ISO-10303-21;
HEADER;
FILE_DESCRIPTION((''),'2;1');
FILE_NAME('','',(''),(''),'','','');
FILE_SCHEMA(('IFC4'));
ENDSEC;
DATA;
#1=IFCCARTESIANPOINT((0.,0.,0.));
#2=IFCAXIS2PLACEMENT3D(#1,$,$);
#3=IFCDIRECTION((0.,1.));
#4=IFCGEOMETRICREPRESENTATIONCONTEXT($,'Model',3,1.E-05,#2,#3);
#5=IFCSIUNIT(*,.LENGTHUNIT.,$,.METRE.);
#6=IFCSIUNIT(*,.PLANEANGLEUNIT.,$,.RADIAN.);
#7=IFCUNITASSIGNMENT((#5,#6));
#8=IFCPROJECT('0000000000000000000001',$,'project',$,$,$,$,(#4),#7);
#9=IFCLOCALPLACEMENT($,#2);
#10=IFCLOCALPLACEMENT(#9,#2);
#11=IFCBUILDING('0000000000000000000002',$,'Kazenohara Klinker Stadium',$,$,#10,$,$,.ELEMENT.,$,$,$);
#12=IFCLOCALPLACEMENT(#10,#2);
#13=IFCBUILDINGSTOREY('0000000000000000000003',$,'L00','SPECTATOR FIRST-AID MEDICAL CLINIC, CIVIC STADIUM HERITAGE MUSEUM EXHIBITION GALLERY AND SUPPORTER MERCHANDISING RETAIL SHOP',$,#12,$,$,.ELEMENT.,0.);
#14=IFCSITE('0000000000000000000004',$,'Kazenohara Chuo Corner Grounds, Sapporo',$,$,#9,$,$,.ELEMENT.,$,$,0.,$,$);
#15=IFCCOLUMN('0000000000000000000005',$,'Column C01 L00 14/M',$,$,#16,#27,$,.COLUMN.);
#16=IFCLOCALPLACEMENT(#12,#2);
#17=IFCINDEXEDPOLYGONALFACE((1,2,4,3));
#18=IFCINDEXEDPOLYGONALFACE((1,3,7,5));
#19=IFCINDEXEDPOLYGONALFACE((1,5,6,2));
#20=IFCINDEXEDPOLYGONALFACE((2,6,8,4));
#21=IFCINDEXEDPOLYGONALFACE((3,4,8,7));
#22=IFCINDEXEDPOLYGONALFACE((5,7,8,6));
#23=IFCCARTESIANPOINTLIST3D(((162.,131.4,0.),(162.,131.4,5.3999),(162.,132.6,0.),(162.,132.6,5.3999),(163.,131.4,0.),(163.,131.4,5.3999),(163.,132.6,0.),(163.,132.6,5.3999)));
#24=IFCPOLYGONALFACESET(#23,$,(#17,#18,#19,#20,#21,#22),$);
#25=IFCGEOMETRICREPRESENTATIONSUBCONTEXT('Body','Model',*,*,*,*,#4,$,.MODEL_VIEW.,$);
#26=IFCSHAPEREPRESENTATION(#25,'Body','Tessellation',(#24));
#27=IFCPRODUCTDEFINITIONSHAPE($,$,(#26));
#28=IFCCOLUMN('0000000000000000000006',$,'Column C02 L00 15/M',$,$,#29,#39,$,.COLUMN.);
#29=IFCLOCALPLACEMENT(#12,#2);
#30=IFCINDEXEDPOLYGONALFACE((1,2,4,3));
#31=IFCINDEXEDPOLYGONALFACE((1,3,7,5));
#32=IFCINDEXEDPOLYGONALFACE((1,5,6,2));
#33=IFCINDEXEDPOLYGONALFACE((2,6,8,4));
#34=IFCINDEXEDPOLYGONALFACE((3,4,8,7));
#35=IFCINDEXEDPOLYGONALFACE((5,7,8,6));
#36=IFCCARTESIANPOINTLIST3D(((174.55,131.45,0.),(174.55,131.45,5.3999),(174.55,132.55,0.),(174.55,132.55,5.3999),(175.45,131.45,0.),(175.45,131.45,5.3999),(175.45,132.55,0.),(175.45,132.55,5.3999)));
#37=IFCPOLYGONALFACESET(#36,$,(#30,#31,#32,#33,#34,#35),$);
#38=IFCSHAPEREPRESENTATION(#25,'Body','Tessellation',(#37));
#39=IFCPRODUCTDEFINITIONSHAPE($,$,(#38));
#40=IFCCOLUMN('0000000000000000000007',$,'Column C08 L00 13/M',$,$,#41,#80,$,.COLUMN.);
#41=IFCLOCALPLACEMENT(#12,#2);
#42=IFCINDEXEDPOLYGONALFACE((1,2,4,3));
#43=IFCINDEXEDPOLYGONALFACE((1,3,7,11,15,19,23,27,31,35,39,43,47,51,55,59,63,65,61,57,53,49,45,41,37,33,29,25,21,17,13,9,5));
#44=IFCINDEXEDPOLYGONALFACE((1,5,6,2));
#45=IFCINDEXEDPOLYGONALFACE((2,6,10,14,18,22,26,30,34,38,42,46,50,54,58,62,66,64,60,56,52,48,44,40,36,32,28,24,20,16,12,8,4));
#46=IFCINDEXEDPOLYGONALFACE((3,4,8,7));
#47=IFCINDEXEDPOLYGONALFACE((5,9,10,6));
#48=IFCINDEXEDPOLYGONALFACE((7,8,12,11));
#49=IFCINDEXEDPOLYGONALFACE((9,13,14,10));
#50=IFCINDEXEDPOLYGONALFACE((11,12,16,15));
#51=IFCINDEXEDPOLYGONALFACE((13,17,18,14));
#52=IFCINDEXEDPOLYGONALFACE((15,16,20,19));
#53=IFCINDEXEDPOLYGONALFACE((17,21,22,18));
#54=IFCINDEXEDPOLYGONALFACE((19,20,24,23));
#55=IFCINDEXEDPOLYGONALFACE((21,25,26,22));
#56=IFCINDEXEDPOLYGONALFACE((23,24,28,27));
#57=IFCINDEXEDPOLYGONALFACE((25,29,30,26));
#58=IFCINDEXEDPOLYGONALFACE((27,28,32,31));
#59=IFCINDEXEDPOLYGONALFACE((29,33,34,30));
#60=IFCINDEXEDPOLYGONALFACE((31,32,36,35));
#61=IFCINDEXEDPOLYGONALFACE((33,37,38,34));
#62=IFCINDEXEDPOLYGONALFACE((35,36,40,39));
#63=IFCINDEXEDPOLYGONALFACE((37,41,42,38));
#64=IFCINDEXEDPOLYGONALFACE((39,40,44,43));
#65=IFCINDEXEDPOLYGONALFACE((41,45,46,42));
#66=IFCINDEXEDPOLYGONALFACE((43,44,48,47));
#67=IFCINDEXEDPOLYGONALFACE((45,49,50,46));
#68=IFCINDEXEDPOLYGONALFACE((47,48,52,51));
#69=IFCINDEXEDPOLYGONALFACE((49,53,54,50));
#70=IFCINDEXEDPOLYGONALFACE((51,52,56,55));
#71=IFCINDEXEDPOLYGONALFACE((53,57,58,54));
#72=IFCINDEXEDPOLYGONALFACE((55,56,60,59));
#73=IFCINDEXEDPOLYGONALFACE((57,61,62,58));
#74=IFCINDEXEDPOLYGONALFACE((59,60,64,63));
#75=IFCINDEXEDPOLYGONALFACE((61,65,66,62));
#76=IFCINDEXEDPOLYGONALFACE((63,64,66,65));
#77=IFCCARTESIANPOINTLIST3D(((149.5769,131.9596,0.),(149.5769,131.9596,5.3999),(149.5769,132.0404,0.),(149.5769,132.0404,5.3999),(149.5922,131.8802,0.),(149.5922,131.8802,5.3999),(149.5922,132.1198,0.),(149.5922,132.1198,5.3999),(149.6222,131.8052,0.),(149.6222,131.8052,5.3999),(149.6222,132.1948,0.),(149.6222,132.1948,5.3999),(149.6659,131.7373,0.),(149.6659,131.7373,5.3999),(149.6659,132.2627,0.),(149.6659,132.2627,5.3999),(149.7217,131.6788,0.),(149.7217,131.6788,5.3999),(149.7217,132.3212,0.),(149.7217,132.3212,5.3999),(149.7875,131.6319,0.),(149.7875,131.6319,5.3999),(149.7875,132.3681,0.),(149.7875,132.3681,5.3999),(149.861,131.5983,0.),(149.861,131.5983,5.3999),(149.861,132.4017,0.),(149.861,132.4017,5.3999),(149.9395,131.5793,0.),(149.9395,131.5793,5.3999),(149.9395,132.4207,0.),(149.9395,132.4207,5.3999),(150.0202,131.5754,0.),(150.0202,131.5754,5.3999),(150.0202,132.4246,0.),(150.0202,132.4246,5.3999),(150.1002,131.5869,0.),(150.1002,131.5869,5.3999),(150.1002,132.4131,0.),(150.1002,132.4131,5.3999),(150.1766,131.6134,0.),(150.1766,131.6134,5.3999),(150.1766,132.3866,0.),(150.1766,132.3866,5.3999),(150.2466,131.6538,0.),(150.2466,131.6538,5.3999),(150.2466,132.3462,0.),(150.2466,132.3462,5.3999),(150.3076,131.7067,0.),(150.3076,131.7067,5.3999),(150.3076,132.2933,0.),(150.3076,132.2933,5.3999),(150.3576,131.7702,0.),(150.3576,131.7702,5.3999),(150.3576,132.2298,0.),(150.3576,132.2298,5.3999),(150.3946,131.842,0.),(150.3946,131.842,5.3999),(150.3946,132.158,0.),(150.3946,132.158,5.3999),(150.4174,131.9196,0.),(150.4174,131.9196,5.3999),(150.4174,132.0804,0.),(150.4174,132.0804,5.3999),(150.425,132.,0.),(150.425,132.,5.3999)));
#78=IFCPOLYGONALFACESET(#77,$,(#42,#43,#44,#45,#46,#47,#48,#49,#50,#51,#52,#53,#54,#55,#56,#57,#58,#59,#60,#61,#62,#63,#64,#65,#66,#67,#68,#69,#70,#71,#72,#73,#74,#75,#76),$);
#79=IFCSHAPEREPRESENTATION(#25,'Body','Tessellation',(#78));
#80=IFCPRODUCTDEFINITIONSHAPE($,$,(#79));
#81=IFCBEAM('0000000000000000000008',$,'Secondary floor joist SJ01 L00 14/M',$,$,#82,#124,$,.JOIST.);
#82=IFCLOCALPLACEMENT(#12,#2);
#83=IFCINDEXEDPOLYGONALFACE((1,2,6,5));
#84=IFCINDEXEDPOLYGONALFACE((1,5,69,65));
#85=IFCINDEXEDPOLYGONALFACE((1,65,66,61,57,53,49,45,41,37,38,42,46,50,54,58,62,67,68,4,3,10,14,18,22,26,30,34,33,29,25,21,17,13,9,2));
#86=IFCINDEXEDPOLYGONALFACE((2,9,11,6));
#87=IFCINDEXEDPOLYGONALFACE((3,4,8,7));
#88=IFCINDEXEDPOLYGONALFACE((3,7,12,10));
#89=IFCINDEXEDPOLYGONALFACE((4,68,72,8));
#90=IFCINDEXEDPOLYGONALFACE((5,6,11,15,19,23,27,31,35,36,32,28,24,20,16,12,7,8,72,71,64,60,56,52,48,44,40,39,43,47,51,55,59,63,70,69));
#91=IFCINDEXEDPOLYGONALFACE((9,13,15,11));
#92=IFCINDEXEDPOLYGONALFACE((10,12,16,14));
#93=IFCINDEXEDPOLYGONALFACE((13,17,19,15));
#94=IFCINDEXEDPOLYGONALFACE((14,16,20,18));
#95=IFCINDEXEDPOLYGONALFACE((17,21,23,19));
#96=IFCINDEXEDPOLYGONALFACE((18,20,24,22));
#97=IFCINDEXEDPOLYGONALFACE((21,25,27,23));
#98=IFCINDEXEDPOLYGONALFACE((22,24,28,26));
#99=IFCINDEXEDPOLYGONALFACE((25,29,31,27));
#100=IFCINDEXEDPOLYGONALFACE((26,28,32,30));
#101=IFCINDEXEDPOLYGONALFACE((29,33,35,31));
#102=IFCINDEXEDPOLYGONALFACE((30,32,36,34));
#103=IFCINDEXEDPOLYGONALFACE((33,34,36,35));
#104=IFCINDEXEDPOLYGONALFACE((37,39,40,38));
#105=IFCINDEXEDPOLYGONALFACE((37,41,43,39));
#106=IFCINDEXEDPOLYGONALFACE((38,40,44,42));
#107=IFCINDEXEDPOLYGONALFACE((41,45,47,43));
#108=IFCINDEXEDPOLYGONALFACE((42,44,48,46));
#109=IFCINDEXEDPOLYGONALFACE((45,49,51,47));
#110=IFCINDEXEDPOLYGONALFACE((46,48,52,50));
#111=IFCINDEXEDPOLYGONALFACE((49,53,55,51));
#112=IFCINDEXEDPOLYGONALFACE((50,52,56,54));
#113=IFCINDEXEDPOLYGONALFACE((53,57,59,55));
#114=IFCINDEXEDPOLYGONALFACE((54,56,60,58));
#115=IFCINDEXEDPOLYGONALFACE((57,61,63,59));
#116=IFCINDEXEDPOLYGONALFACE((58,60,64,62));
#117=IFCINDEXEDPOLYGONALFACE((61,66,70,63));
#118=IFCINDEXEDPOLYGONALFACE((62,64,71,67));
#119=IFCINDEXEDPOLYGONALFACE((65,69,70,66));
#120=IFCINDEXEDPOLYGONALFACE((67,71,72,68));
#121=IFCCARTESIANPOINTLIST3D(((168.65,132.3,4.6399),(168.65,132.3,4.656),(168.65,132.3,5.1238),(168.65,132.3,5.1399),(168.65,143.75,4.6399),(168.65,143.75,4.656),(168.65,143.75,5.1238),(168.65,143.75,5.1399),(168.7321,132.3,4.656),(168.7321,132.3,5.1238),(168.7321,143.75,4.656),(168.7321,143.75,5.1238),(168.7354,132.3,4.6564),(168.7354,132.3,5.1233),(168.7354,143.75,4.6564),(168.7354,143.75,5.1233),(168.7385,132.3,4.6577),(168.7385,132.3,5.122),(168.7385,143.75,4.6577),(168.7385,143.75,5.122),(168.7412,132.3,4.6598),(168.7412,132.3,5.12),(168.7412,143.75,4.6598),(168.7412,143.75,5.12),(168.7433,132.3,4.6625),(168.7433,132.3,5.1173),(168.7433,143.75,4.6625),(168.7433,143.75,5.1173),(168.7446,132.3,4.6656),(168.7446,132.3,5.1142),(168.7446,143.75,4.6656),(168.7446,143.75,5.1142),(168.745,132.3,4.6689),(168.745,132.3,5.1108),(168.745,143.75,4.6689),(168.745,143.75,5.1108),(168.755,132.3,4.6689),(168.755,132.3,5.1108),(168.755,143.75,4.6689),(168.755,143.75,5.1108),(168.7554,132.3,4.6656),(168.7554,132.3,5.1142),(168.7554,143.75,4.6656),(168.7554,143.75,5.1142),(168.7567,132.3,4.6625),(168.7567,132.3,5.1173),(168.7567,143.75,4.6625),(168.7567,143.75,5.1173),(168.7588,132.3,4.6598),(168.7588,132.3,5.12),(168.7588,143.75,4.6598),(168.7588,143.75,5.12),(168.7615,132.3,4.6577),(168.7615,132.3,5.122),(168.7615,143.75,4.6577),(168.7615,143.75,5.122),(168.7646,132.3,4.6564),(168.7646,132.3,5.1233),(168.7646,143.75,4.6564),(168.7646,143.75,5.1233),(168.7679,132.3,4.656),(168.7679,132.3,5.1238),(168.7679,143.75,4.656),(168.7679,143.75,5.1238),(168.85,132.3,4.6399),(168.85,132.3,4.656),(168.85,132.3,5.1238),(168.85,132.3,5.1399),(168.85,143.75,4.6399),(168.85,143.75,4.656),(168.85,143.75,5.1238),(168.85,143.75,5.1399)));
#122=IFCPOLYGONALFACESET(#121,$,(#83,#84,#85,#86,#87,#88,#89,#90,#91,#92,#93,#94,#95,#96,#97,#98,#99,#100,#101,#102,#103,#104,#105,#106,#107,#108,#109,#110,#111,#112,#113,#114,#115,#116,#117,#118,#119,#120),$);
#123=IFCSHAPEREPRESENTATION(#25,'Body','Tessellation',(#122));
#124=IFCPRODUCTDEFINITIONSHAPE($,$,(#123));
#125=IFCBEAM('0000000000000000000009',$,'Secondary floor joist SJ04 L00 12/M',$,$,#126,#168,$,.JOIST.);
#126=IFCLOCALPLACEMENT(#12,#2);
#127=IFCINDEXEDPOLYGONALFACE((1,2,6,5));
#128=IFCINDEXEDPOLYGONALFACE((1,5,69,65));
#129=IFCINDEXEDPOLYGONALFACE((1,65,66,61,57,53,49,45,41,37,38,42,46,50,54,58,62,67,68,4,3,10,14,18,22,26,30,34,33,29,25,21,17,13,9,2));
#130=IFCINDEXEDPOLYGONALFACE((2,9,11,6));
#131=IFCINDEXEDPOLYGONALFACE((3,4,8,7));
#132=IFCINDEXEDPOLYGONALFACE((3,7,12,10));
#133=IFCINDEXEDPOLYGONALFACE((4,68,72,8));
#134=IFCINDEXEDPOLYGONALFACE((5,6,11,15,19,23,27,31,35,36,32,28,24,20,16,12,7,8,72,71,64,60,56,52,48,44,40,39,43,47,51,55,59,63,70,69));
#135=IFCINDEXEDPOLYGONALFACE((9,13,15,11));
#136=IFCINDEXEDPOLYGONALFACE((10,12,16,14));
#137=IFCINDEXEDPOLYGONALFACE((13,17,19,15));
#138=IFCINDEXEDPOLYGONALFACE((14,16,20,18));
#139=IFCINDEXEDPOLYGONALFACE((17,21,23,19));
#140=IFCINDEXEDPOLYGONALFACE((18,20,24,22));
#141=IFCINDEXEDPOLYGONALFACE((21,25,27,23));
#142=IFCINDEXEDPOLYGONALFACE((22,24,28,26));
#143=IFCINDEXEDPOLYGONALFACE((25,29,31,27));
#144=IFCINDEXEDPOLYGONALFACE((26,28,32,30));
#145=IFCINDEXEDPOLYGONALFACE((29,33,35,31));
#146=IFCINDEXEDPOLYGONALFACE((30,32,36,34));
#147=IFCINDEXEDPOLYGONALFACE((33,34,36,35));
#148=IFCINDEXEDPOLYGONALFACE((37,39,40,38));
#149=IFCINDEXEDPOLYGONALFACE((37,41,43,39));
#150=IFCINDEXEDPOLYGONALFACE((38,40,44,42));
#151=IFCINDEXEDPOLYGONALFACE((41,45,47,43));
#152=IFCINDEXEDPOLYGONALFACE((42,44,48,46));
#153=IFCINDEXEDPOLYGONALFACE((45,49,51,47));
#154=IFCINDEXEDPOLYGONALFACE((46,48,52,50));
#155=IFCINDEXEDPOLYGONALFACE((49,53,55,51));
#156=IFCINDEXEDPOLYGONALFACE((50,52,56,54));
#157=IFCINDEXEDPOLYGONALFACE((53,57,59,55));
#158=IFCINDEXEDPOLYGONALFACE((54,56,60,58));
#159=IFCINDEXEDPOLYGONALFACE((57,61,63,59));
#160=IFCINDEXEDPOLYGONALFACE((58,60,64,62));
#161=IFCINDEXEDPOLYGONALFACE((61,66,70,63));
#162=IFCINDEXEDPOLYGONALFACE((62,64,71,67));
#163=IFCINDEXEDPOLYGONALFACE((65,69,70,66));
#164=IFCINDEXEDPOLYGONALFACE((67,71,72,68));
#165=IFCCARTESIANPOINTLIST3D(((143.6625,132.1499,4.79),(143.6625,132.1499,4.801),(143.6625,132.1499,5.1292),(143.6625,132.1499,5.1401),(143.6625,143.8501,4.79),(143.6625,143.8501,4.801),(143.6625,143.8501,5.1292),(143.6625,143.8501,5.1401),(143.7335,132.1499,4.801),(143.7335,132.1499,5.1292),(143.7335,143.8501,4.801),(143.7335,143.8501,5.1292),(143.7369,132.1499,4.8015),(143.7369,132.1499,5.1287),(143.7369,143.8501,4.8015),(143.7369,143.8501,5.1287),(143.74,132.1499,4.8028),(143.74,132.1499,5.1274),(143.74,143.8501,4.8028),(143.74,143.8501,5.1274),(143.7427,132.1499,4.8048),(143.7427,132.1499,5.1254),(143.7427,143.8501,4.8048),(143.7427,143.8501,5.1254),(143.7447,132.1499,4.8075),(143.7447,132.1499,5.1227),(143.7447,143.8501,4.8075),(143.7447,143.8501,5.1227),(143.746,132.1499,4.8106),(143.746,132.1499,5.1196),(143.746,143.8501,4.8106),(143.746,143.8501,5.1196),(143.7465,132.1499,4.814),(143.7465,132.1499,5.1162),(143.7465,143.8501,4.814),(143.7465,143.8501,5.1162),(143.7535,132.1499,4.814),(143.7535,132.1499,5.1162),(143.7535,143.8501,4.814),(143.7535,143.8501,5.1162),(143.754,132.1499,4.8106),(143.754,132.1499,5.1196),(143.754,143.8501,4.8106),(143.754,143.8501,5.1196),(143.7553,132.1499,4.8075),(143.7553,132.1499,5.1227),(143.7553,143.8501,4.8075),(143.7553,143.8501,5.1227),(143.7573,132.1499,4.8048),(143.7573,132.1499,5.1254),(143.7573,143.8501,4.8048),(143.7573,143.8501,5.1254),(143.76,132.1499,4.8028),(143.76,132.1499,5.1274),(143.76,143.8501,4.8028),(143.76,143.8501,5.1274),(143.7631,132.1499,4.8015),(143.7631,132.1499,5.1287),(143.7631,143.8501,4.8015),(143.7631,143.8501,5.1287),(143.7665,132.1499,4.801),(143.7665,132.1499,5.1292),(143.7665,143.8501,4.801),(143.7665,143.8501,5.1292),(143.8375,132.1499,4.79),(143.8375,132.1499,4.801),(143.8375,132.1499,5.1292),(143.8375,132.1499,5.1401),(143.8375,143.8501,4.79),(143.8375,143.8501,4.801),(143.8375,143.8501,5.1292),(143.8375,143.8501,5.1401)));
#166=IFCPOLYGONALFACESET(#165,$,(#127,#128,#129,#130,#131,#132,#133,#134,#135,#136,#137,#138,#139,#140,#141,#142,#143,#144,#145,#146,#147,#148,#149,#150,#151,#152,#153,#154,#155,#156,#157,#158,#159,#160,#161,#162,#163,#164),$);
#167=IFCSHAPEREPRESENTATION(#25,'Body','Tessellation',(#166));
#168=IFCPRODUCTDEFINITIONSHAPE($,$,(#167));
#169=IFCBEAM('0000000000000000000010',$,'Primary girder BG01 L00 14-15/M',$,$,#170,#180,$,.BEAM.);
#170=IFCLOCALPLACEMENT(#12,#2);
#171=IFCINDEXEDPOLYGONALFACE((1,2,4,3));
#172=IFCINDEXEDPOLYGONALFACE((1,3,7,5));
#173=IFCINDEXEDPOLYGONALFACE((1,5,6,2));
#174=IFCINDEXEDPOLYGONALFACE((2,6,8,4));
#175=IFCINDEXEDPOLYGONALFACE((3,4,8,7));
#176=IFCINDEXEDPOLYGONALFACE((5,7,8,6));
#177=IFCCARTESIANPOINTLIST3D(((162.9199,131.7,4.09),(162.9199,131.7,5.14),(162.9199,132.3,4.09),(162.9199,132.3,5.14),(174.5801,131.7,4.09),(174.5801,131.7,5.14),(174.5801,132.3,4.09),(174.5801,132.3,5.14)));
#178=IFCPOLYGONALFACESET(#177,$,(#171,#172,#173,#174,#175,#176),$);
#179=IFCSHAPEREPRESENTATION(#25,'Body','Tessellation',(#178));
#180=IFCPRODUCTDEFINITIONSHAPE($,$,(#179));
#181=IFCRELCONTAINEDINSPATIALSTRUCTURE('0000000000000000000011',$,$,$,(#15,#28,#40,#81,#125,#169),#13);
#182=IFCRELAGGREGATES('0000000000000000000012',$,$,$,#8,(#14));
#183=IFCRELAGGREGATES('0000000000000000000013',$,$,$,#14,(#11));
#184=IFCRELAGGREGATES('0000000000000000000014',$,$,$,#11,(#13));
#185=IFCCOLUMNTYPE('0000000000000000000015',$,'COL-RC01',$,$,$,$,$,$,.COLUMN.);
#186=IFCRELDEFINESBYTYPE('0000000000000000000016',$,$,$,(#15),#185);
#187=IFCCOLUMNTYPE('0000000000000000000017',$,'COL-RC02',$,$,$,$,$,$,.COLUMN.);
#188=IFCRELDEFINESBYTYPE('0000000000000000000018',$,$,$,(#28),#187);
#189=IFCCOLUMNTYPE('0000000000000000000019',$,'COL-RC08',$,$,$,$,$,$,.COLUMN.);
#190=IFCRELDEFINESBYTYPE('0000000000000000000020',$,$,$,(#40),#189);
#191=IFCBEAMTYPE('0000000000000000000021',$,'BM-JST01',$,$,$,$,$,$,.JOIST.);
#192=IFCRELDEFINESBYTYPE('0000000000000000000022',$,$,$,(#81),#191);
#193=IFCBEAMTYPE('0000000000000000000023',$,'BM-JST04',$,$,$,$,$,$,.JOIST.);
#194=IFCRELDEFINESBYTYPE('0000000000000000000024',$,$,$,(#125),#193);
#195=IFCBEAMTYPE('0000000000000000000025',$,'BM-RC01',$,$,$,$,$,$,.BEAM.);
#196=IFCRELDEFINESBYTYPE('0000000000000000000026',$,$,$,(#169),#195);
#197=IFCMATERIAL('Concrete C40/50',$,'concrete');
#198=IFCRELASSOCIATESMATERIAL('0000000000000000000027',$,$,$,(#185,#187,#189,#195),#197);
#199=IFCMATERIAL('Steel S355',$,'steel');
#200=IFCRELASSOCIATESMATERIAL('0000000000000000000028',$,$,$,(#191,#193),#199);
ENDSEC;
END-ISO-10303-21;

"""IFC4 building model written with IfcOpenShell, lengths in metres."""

from ifc_helpers import new_model, si_unit, direction, frame, origin, origin_2d, place, context, subcontext, project, spatial, rectangle, circle, i_section, extrude, material, material_profile, profile_set, type_object, element, save


model = new_model("IFC4")

# Units and contexts
model_context = context("Model", 3, precision=1e-05, world=origin(), true_north=direction((0.0, 1.0)))
body_context = subcontext(model_context, "Body", "Model", "MODEL_VIEW")
ifc_project = project(units=[si_unit("LENGTHUNIT", "METRE"), si_unit("PLANEANGLEUNIT", "RADIAN")], contexts=[model_context])

# Site, building, storey
site_placement = place(None, origin())
site = spatial("IfcSite", under=ifc_project, at=site_placement, Name="Kazenohara Chuo Corner Grounds, Sapporo", CompositionType="ELEMENT", RefElevation=0.0)
building_placement = place(site_placement, origin())
building = spatial("IfcBuilding", under=site, at=building_placement, Name="Kazenohara Klinker Stadium", CompositionType="ELEMENT")
storey_placement = place(building_placement, origin())
storey = spatial("IfcBuildingStorey", under=building, at=storey_placement, Name="L00", Description="SPECTATOR FIRST-AID MEDICAL CLINIC, CIVIC STADIUM HERITAGE MUSEUM EXHIBITION GALLERY AND SUPPORTER MERCHANDISING RETAIL SHOP", CompositionType="ELEMENT", Elevation=0.0)

# Columns
ifc_material_1 = material(Name="Concrete C40/50", Category="concrete")
ifc_material_profile_1 = material_profile(ifc_material_1, rectangle(XDim=1.0, YDim=1.2, at=origin_2d()), Name="RC-COL-1200x1000")
ifc_profile_set_1 = profile_set([ifc_material_profile_1], Name="Concrete C40/50")
column_type_1 = type_object("IfcColumnType", Name="COL-RC01", PredefinedType="COLUMN", material=ifc_profile_set_1)
column_1_placement = place(storey_placement, frame((162.5, 132.0, 0.0), z_axis=(0.0, 0.0, 1.0), x_axis=(1.0, 0.0, 0.0)))
element("IfcColumn", 1, at=column_1_placement, inside=storey, type_object=column_type_1, Name="Column C01 L00 14/M", PredefinedType="COLUMN", context=body_context, shape_type="SweptSolid", body=[
    extrude(rectangle(XDim=1.0, YDim=1.2, at=origin_2d()), origin(), (0.0, 0.0, 1.0), 5.3999),
])
ifc_material_profile_2 = material_profile(ifc_material_1, rectangle(XDim=0.8999, YDim=1.1001, at=origin_2d()), Name="RC-COL-1100x900")
ifc_profile_set_2 = profile_set([ifc_material_profile_2], Name="Concrete C40/50")
column_type_2 = type_object("IfcColumnType", Name="COL-RC02", PredefinedType="COLUMN", material=ifc_profile_set_2)
column_2_placement = place(storey_placement, frame((175.0, 132.0, 0.0), z_axis=(0.0, 0.0, 1.0), x_axis=(1.0, 0.0, 0.0)))
element("IfcColumn", 2, at=column_2_placement, inside=storey, type_object=column_type_2, Name="Column C02 L00 15/M", PredefinedType="COLUMN", context=body_context, shape_type="SweptSolid", body=[
    extrude(rectangle(XDim=0.8999, YDim=1.1001, at=origin_2d()), origin(), (0.0, 0.0, 1.0), 5.3999),
])
ifc_material_profile_3 = material_profile(ifc_material_1, circle(Radius=0.425, at=origin_2d()), Name="RC-COL-D850")
ifc_profile_set_3 = profile_set([ifc_material_profile_3], Name="Concrete C40/50")
column_type_3 = type_object("IfcColumnType", Name="COL-RC08", PredefinedType="COLUMN", material=ifc_profile_set_3)
column_3_placement = place(storey_placement, frame((150.0, 132.0, 0.0), z_axis=(0.0, 0.0, 1.0), x_axis=(1.0, 0.0, 0.0)))
element("IfcColumn", 3, at=column_3_placement, inside=storey, type_object=column_type_3, Name="Column C08 L00 13/M", PredefinedType="COLUMN", context=body_context, shape_type="SweptSolid", body=[
    extrude(circle(Radius=0.425, at=origin_2d()), origin(), (0.0, 0.0, 1.0), 5.3999),
])

# Beams
ifc_material_2 = material(Name="Steel S355", Category="steel")
ifc_material_profile_4 = material_profile(ifc_material_2, i_section(OverallWidth=0.2, OverallDepth=0.5, WebThickness=0.01, FlangeThickness=0.0161, FilletRadius=0.0129, at=origin_2d()), Name="H-500x200x10x16")
ifc_profile_set_4 = profile_set([ifc_material_profile_4], Name="Steel S355")
beam_type_1 = type_object("IfcBeamType", Name="BM-JST01", PredefinedType="JOIST", material=ifc_profile_set_4)
beam_1_placement = place(storey_placement, frame((168.75, 132.3, 4.8899), z_axis=(0.0, 1.0, 0.0), x_axis=(-1.0, 0.0, 0.0)))
element("IfcBeam", 4, at=beam_1_placement, inside=storey, type_object=beam_type_1, Name="Secondary floor joist SJ01 L00 14/M", PredefinedType="JOIST", context=body_context, shape_type="SweptSolid", body=[
    extrude(i_section(OverallWidth=0.2, OverallDepth=0.5, WebThickness=0.01, FlangeThickness=0.0161, FilletRadius=0.0129, at=origin_2d()), origin(), (0.0, 0.0, 1.0), 11.45),
])
ifc_material_profile_5 = material_profile(ifc_material_2, i_section(OverallWidth=0.175, OverallDepth=0.3501, WebThickness=0.0071, FlangeThickness=0.011, FilletRadius=0.0129, at=origin_2d()), Name="H-350x175x7x11")
ifc_profile_set_5 = profile_set([ifc_material_profile_5], Name="Steel S355")
beam_type_2 = type_object("IfcBeamType", Name="BM-JST04", PredefinedType="JOIST", material=ifc_profile_set_5)
beam_2_placement = place(storey_placement, frame((143.75, 132.1499, 4.9651), z_axis=(0.0, 1.0, 0.0), x_axis=(-1.0, 0.0, 0.0)))
element("IfcBeam", 5, at=beam_2_placement, inside=storey, type_object=beam_type_2, Name="Secondary floor joist SJ04 L00 12/M", PredefinedType="JOIST", context=body_context, shape_type="SweptSolid", body=[
    extrude(i_section(OverallWidth=0.175, OverallDepth=0.3501, WebThickness=0.0071, FlangeThickness=0.011, FilletRadius=0.0129, at=origin_2d()), origin(), (0.0, 0.0, 1.0), 11.7002),
])
ifc_material_profile_6 = material_profile(ifc_material_1, rectangle(XDim=0.6001, YDim=1.05, at=origin_2d()), Name="RC-BM-600x1050")
ifc_profile_set_6 = profile_set([ifc_material_profile_6], Name="Concrete C40/50")
beam_type_3 = type_object("IfcBeamType", Name="BM-RC01", PredefinedType="BEAM", material=ifc_profile_set_6)
beam_3_placement = place(storey_placement, frame((162.9199, 132.0, 4.615), z_axis=(1.0, 0.0, 0.0), x_axis=(0.0, 1.0, 0.0)))
element("IfcBeam", 6, at=beam_3_placement, inside=storey, type_object=beam_type_3, Name="Primary girder BG01 L00 14-15/M", PredefinedType="BEAM", context=body_context, shape_type="SweptSolid", body=[
    extrude(rectangle(XDim=0.6001, YDim=1.05, at=origin_2d()), origin(), (0.0, 0.0, 1.0), 11.6602),
])

save(model, "model.ifc")
